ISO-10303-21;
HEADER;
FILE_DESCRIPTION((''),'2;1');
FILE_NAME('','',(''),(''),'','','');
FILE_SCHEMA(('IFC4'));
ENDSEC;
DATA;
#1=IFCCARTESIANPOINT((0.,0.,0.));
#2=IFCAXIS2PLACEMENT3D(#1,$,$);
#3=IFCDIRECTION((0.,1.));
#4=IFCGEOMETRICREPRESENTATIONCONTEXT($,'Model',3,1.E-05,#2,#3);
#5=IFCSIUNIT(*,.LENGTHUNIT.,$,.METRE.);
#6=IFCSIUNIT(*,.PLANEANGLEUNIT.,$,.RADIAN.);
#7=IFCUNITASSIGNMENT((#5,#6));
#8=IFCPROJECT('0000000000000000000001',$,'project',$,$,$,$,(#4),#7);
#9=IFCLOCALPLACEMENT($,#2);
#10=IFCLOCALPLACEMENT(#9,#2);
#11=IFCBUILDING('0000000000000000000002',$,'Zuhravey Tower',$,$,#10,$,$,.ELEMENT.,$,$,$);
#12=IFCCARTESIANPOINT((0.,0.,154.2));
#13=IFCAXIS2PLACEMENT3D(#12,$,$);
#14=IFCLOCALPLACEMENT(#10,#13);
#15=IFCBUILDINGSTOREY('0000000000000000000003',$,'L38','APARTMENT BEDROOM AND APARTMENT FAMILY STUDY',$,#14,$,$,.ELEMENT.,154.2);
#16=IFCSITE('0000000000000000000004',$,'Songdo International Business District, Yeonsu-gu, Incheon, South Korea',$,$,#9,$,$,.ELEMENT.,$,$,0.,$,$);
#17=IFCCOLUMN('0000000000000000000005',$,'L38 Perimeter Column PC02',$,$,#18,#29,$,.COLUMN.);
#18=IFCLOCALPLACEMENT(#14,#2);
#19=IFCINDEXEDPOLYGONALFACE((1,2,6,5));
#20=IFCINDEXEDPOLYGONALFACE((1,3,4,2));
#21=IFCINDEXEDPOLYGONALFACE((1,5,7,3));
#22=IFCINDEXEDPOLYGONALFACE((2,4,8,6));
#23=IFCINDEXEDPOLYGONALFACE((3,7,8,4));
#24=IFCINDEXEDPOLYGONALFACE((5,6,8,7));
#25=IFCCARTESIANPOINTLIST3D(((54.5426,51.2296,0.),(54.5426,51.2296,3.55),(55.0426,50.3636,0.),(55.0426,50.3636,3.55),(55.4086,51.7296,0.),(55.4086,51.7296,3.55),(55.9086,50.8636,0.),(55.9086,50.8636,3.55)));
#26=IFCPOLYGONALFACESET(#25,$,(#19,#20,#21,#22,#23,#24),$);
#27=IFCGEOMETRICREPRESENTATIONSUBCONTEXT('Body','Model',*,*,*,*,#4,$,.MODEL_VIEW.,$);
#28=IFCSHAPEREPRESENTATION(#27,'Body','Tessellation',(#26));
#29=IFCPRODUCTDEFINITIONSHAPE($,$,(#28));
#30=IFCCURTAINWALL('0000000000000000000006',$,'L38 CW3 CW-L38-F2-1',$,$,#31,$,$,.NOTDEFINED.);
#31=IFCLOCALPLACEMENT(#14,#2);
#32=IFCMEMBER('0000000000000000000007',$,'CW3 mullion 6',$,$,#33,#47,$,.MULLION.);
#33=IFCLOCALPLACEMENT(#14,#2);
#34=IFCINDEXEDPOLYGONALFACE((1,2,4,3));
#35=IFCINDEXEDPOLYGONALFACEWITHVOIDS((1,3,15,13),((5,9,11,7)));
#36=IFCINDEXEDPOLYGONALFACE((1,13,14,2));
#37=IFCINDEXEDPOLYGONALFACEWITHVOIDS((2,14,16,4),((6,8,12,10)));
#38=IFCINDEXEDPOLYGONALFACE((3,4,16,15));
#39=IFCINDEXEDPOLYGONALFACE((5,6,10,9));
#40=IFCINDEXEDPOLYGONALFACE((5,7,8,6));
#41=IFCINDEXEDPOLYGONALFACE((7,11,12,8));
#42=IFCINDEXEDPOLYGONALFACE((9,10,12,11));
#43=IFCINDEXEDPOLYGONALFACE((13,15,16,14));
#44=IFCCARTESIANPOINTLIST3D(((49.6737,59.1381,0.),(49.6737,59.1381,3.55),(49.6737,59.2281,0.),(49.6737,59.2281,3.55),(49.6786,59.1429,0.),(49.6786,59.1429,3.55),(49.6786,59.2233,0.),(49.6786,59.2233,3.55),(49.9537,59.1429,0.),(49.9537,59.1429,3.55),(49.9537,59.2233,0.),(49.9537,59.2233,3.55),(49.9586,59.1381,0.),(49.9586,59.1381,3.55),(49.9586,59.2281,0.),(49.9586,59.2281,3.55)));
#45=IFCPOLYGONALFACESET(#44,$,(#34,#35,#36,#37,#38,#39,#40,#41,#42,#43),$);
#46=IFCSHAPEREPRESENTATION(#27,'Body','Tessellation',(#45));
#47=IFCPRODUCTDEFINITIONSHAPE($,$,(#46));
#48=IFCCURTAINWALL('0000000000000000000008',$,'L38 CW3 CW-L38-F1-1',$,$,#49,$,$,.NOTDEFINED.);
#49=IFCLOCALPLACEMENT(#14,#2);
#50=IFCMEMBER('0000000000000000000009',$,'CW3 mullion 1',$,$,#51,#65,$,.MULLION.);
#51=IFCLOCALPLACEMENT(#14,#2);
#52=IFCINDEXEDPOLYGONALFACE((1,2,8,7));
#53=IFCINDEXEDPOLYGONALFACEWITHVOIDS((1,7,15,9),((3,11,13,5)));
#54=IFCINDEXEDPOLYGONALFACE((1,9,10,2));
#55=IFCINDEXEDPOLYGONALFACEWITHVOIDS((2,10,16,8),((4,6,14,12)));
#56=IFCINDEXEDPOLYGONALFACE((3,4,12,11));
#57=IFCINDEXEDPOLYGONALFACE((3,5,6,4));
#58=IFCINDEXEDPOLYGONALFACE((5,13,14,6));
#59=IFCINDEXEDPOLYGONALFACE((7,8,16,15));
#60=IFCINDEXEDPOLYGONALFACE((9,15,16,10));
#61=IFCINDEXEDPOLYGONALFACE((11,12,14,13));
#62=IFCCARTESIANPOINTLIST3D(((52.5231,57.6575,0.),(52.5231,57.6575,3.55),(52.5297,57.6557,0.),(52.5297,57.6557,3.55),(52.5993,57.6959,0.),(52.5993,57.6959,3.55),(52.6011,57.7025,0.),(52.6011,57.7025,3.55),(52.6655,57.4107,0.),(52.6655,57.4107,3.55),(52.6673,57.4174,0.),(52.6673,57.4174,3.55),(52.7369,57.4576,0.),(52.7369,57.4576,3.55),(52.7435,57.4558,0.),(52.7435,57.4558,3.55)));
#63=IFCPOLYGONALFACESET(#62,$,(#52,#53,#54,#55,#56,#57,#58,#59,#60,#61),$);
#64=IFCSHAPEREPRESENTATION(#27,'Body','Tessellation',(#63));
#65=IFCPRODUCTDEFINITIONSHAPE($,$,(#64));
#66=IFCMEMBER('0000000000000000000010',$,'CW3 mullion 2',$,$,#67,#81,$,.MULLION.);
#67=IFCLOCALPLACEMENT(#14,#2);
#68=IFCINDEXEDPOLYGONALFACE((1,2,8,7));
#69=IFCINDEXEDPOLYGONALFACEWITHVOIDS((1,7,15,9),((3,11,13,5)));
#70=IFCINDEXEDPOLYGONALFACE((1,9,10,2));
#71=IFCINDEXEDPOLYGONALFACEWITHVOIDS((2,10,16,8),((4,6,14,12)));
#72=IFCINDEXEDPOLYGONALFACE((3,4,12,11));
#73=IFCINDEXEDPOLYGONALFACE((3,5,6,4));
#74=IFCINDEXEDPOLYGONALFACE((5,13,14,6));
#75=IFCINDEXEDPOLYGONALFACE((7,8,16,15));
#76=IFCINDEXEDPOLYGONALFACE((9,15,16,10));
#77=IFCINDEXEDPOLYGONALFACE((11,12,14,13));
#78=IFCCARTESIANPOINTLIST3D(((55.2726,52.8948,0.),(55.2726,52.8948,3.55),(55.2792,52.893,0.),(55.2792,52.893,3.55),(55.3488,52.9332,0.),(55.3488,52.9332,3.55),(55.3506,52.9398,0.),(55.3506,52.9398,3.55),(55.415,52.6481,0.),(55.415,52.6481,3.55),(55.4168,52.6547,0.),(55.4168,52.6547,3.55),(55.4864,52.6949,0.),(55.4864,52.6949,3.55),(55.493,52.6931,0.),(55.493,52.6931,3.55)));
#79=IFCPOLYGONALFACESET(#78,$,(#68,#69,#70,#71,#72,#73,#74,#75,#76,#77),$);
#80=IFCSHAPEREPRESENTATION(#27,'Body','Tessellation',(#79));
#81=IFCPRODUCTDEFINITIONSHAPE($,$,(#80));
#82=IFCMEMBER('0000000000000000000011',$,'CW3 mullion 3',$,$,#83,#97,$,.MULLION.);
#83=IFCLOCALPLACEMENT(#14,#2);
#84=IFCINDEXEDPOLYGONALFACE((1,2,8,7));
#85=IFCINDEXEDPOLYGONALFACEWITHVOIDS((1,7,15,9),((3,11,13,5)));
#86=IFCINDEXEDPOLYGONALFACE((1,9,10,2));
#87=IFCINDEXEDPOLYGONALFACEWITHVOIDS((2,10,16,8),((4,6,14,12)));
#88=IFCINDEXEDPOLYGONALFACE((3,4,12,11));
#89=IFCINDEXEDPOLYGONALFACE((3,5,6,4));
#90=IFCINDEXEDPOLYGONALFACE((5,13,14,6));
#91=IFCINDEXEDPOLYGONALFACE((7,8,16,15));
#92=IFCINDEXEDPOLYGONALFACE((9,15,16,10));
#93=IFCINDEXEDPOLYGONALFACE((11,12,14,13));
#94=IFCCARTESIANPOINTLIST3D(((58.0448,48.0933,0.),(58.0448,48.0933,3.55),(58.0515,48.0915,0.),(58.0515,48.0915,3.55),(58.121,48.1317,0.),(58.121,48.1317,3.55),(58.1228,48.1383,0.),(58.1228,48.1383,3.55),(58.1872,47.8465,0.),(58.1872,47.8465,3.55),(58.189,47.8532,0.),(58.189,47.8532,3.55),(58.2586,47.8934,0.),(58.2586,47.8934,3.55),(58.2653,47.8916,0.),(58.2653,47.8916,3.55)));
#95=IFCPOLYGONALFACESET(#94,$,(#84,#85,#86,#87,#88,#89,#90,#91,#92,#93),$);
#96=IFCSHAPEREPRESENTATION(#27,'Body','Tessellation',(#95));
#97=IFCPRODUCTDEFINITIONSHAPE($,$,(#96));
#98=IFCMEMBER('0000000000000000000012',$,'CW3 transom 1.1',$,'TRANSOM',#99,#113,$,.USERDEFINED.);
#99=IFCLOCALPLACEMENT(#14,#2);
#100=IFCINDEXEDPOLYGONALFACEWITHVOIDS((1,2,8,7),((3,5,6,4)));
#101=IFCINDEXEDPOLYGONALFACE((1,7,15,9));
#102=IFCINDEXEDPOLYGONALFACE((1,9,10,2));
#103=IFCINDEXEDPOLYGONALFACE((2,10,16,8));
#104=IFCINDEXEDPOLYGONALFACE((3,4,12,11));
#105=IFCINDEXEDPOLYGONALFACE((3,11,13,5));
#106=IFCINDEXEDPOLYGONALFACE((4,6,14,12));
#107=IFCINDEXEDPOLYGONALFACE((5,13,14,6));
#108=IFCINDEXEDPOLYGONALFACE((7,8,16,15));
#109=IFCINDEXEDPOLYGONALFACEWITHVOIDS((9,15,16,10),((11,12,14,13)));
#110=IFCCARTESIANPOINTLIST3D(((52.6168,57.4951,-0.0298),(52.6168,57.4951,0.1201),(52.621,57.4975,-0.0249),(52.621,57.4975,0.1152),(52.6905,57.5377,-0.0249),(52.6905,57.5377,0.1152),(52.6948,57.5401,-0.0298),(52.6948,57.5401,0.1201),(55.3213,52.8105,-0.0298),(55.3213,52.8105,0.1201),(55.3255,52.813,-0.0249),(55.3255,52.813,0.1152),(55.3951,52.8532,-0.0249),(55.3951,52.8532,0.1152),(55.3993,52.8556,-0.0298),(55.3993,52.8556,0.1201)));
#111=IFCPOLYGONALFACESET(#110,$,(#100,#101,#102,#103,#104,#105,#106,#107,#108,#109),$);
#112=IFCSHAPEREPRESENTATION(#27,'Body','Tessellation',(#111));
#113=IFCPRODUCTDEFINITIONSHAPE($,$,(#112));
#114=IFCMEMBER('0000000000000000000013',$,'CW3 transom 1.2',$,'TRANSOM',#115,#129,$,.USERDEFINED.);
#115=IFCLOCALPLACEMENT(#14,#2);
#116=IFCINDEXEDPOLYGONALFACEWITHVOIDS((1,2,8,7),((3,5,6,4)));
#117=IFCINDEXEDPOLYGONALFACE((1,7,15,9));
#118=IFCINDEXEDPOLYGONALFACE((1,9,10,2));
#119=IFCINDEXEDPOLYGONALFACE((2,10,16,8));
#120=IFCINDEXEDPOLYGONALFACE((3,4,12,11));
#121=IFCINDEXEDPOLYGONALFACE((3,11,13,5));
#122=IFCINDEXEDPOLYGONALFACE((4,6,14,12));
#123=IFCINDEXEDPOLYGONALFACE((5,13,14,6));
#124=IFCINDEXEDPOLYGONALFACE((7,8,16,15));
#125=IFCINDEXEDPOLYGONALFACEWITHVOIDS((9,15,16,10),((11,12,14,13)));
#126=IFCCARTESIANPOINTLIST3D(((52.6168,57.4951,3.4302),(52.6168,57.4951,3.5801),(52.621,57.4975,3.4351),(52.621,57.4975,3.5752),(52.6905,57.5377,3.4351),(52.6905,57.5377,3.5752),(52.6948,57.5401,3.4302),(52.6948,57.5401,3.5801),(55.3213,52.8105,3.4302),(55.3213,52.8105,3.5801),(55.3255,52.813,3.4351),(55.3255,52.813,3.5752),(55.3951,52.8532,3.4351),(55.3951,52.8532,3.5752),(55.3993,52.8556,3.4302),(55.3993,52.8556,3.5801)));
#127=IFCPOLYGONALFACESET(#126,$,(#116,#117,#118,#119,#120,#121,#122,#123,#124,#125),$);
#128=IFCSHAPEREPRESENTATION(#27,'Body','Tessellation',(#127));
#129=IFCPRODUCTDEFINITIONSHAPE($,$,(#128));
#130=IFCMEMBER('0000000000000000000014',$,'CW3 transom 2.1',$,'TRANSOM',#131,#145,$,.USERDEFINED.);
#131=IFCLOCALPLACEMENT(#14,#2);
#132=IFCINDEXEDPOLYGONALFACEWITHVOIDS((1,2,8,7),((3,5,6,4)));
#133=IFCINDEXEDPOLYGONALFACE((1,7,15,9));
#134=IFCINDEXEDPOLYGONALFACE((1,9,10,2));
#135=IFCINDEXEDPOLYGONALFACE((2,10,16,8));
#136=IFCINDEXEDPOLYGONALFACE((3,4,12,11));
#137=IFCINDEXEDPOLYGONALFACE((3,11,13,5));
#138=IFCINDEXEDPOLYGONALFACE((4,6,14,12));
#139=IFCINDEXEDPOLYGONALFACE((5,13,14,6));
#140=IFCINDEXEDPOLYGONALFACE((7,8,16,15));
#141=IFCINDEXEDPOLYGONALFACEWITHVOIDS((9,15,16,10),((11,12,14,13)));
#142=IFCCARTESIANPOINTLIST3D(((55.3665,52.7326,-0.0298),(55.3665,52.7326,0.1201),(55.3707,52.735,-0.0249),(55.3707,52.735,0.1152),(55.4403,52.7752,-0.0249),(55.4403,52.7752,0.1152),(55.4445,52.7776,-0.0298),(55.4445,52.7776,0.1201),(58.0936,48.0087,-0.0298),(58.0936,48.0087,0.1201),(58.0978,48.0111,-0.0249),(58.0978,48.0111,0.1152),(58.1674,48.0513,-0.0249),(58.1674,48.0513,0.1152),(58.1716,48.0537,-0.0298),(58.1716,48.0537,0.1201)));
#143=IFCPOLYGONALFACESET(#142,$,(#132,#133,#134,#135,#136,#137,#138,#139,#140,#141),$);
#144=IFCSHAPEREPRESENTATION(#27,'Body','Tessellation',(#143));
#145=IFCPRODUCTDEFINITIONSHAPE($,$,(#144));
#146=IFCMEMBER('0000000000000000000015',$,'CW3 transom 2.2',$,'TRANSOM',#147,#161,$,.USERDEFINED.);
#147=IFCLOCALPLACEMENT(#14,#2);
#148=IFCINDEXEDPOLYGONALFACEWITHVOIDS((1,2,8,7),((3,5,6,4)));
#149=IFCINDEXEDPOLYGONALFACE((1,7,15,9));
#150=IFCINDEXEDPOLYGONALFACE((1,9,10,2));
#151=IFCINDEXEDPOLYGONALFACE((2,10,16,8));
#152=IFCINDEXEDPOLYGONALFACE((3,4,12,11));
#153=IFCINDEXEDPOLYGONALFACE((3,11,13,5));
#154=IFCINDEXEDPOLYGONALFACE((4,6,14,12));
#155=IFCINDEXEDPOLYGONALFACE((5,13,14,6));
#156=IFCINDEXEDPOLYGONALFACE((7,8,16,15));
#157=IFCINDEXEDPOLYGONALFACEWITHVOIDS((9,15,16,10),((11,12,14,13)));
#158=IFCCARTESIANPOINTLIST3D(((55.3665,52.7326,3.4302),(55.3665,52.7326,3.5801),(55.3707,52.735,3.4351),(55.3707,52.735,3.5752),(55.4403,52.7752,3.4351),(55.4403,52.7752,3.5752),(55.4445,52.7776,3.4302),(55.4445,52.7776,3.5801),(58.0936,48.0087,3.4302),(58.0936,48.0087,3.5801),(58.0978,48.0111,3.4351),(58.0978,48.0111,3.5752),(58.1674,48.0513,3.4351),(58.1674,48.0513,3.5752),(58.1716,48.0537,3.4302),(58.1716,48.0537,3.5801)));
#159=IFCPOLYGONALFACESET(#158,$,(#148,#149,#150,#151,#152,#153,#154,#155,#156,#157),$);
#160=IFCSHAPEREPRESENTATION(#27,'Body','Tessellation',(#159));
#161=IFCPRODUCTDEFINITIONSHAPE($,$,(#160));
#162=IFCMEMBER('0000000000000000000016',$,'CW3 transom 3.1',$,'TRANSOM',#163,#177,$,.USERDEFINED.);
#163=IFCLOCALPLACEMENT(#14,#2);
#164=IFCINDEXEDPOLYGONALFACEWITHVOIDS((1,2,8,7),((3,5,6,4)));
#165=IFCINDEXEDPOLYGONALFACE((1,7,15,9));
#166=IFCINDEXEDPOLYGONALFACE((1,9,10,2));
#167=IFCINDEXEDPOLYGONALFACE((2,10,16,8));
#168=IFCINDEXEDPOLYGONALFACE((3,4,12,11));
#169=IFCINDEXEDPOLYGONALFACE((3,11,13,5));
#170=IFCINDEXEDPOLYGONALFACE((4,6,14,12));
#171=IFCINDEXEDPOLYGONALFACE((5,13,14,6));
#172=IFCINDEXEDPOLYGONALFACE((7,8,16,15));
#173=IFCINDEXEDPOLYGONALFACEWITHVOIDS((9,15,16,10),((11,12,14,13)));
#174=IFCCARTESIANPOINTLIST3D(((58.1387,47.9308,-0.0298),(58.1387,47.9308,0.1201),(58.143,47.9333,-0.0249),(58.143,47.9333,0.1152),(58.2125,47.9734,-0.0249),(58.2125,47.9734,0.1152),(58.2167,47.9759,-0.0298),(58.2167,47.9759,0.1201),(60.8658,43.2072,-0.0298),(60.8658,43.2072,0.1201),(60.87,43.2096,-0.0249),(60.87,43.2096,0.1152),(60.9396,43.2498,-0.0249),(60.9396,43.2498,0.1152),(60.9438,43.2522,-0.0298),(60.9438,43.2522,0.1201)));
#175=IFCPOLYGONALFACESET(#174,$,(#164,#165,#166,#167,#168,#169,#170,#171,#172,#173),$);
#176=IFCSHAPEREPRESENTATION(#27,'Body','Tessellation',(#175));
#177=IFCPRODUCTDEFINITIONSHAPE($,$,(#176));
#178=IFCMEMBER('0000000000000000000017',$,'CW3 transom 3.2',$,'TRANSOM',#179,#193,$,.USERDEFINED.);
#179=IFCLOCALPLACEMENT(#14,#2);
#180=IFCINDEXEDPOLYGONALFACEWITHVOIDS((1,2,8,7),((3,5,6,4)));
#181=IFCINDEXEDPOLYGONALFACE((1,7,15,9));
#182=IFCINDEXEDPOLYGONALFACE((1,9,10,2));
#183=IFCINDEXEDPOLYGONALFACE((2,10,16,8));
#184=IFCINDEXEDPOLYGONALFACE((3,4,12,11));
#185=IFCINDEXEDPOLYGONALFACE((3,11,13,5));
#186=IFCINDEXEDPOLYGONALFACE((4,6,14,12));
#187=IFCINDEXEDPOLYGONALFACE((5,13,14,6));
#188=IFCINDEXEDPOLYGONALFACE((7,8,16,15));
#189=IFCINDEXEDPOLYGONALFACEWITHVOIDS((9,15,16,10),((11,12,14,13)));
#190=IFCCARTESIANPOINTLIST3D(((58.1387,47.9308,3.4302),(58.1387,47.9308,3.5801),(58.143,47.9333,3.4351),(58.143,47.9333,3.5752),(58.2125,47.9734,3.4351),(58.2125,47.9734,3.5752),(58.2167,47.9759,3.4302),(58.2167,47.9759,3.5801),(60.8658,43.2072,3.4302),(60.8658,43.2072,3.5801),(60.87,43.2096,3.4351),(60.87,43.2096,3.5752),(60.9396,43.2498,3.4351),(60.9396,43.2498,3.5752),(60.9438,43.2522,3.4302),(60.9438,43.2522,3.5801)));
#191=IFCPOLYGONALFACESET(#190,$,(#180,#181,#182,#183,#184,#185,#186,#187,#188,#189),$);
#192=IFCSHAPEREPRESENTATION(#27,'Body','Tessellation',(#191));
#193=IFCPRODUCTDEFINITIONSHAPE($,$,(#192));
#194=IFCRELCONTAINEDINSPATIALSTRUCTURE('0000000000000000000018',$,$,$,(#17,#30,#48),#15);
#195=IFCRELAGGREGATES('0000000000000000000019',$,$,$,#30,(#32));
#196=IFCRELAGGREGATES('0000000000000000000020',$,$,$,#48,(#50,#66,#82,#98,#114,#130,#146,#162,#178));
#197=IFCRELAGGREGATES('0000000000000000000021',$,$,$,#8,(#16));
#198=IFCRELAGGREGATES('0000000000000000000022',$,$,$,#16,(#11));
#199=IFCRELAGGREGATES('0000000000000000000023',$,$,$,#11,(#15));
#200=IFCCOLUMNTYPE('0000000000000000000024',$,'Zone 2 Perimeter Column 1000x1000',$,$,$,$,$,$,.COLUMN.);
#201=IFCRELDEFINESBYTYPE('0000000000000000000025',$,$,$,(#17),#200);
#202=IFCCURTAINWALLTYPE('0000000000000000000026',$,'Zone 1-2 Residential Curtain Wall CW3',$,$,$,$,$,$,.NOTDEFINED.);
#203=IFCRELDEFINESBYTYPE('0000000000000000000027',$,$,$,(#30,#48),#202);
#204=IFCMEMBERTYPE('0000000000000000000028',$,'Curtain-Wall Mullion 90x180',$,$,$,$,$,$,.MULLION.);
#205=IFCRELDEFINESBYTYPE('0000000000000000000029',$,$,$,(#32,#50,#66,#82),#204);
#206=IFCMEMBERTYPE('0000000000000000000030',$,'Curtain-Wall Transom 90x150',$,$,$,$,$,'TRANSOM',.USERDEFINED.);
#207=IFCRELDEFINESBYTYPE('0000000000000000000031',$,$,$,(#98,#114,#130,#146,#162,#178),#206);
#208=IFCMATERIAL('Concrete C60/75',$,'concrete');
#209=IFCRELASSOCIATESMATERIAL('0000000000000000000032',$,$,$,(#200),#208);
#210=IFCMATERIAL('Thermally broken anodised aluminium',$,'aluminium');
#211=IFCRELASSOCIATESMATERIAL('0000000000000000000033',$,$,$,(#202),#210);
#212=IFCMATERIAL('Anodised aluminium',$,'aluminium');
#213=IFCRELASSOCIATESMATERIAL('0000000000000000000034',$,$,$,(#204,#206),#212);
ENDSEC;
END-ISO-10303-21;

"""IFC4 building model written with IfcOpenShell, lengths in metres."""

from ifc_helpers import new_model, si_unit, direction, frame, origin, origin_2d, place, context, subcontext, project, spatial, rectangle, hollow_rectangle, extrude, material, material_profile, profile_set, type_object, element, aggregate, save


model = new_model("IFC4")

# Units and contexts
model_context = context("Model", 3, precision=1e-05, world=origin(), true_north=direction((0.0, 1.0)))
body_context = subcontext(model_context, "Body", "Model", "MODEL_VIEW")
ifc_project = project(units=[si_unit("LENGTHUNIT", "METRE"), si_unit("PLANEANGLEUNIT", "RADIAN")], contexts=[model_context])

# Site, building, storey
site_placement = place(None, origin())
site = spatial("IfcSite", under=ifc_project, at=site_placement, Name="Songdo International Business District, Yeonsu-gu, Incheon, South Korea", CompositionType="ELEMENT", RefElevation=0.0)
building_placement = place(site_placement, origin())
building = spatial("IfcBuilding", under=site, at=building_placement, Name="Zuhravey Tower", CompositionType="ELEMENT")
storey_placement = place(building_placement, frame((0.0, 0.0, 154.2)))
storey = spatial("IfcBuildingStorey", under=building, at=storey_placement, Name="L38", Description="APARTMENT BEDROOM AND APARTMENT FAMILY STUDY", CompositionType="ELEMENT", Elevation=154.2)

# Column
ifc_material_1 = material(Name="Concrete C60/75", Category="concrete")
ifc_material_profile_1 = material_profile(ifc_material_1, rectangle(XDim=1.0, YDim=1.0, at=origin_2d()), Name="RC-1000x1000")
ifc_profile_set_1 = profile_set([ifc_material_profile_1], Name="Concrete C60/75")
column_type = type_object("IfcColumnType", Name="Zone 2 Perimeter Column 1000x1000", PredefinedType="COLUMN", material=ifc_profile_set_1)
column_placement = place(storey_placement, frame((55.2256, 51.0466, 0.0), z_axis=(0.0, 0.0, 1.0), x_axis=(-0.5, 0.866025, 0.0)))
element("IfcColumn", 1, at=column_placement, inside=storey, type_object=column_type, Name="L38 Perimeter Column PC02", PredefinedType="COLUMN", context=body_context, shape_type="SweptSolid", body=[
    extrude(rectangle(XDim=1.0, YDim=1.0, at=origin_2d()), origin(), (0.0, 0.0, 1.0), 3.55),
])

# Curtain wall, member
ifc_material_2 = material(Name="Thermally broken anodised aluminium", Category="aluminium")
curtain_wall_type = type_object("IfcCurtainWallType", Name="Zone 1-2 Residential Curtain Wall CW3", PredefinedType="NOTDEFINED", material=ifc_material_2)
curtain_wall_1_placement = place(storey_placement, origin())
curtain_wall_1 = element("IfcCurtainWall", 2, at=curtain_wall_1_placement, inside=storey, type_object=curtain_wall_type, Name="L38 CW3 CW-L38-F2-1", PredefinedType="NOTDEFINED")
ifc_material_3 = material(Name="Anodised aluminium", Category="aluminium")
ifc_material_profile_2 = material_profile(ifc_material_3, hollow_rectangle(XDim=0.0901, YDim=0.2849, WallThickness=0.0049, at=origin_2d()), Name="ALU-RHS-90x285x5")
ifc_profile_set_2 = profile_set([ifc_material_profile_2], Name="Anodised aluminium")
member_type_1 = type_object("IfcMemberType", Name="Curtain-Wall Mullion 90x180", PredefinedType="MULLION", material=ifc_profile_set_2)
member_1_placement = place(storey_placement, frame((49.8162, 59.1831, 0.0), z_axis=(0.0, 0.0, 1.0), x_axis=(0.0, 1.0, 0.0)))
member_1 = element("IfcMember", 3, at=member_1_placement, type_object=member_type_1, Name="CW3 mullion 6", PredefinedType="MULLION", context=body_context, shape_type="SweptSolid", body=[
    extrude(hollow_rectangle(XDim=0.0901, YDim=0.2849, WallThickness=0.0049, at=origin_2d()), origin(), (0.0, 0.0, 1.0), 3.55),
])
aggregate(curtain_wall_1, [member_1])

# Curtain wall, members
curtain_wall_2_placement = place(storey_placement, origin())
curtain_wall_2 = element("IfcCurtainWall", 4, at=curtain_wall_2_placement, inside=storey, type_object=curtain_wall_type, Name="L38 CW3 CW-L38-F1-1", PredefinedType="NOTDEFINED")
member_2_placement = place(storey_placement, frame((52.6333, 57.5566, 0.0), z_axis=(0.0, 0.0, 1.0), x_axis=(0.866025, 0.5, 0.0)))
member_2 = element("IfcMember", 5, at=member_2_placement, type_object=member_type_1, Name="CW3 mullion 1", PredefinedType="MULLION", context=body_context, shape_type="SweptSolid", body=[
    extrude(hollow_rectangle(XDim=0.0901, YDim=0.2849, WallThickness=0.0049, at=origin_2d()), origin(), (0.0, 0.0, 1.0), 3.55),
])
member_3_placement = place(storey_placement, frame((55.3828, 52.7939, 0.0), z_axis=(0.0, 0.0, 1.0), x_axis=(0.866025, 0.5, 0.0)))
member_3 = element("IfcMember", 6, at=member_3_placement, type_object=member_type_1, Name="CW3 mullion 2", PredefinedType="MULLION", context=body_context, shape_type="SweptSolid", body=[
    extrude(hollow_rectangle(XDim=0.0901, YDim=0.2849, WallThickness=0.0049, at=origin_2d()), origin(), (0.0, 0.0, 1.0), 3.55),
])
member_4_placement = place(storey_placement, frame((58.155, 47.9924, 0.0), z_axis=(0.0, 0.0, 1.0), x_axis=(0.866025, 0.5, 0.0)))
member_4 = element("IfcMember", 7, at=member_4_placement, type_object=member_type_1, Name="CW3 mullion 3", PredefinedType="MULLION", context=body_context, shape_type="SweptSolid", body=[
    extrude(hollow_rectangle(XDim=0.0901, YDim=0.2849, WallThickness=0.0049, at=origin_2d()), origin(), (0.0, 0.0, 1.0), 3.55),
])
ifc_material_profile_3 = material_profile(ifc_material_3, hollow_rectangle(XDim=0.0901, YDim=0.1499, WallThickness=0.0049, at=origin_2d()), Name="ALU-RHS-90x150x5")
ifc_profile_set_3 = profile_set([ifc_material_profile_3], Name="Anodised aluminium")
member_type_2 = type_object("IfcMemberType", Name="Curtain-Wall Transom 90x150", ElementType="TRANSOM", PredefinedType="USERDEFINED", material=ifc_profile_set_3)
member_5_placement = place(storey_placement, frame((52.6558, 57.5176, 0.0452), z_axis=(0.499993, -0.866029, 0.0), x_axis=(0.866029, 0.499993, 0.0)))
member_5 = element("IfcMember", 8, at=member_5_placement, type_object=member_type_2, Name="CW3 transom 1.1", ObjectType="TRANSOM", PredefinedType="USERDEFINED", context=body_context, shape_type="SweptSolid", body=[
    extrude(hollow_rectangle(XDim=0.0901, YDim=0.1499, WallThickness=0.0049, at=origin_2d()), origin(), (0.0, 0.0, 1.0), 5.4092),
])
member_6_placement = place(storey_placement, frame((52.6558, 57.5176, 3.5051), z_axis=(0.499993, -0.866029, 0.0), x_axis=(0.866029, 0.499993, 0.0)))
member_6 = element("IfcMember", 9, at=member_6_placement, type_object=member_type_2, Name="CW3 transom 1.2", ObjectType="TRANSOM", PredefinedType="USERDEFINED", context=body_context, shape_type="SweptSolid", body=[
    extrude(hollow_rectangle(XDim=0.0901, YDim=0.1499, WallThickness=0.0049, at=origin_2d()), origin(), (0.0, 0.0, 1.0), 5.4092),
])
member_7_placement = place(storey_placement, frame((55.4055, 52.7551, 0.0452), z_axis=(0.499961, -0.866048, 0.0), x_axis=(0.866048, 0.499961, 0.0)))
member_7 = element("IfcMember", 10, at=member_7_placement, type_object=member_type_2, Name="CW3 transom 2.1", ObjectType="TRANSOM", PredefinedType="USERDEFINED", context=body_context, shape_type="SweptSolid", body=[
    extrude(hollow_rectangle(XDim=0.0901, YDim=0.1499, WallThickness=0.0049, at=origin_2d()), origin(), (0.0, 0.0, 1.0), 5.4546),
])
member_8_placement = place(storey_placement, frame((55.4055, 52.7551, 3.5051), z_axis=(0.499961, -0.866048, 0.0), x_axis=(0.866048, 0.499961, 0.0)))
member_8 = element("IfcMember", 11, at=member_8_placement, type_object=member_type_2, Name="CW3 transom 2.2", ObjectType="TRANSOM", PredefinedType="USERDEFINED", context=body_context, shape_type="SweptSolid", body=[
    extrude(hollow_rectangle(XDim=0.0901, YDim=0.1499, WallThickness=0.0049, at=origin_2d()), origin(), (0.0, 0.0, 1.0), 5.4546),
])
member_9_placement = place(storey_placement, frame((58.1777, 47.9534, 0.0452), z_axis=(0.499981, -0.866037, 0.0), x_axis=(0.866037, 0.499981, 0.0)))
member_9 = element("IfcMember", 12, at=member_9_placement, type_object=member_type_2, Name="CW3 transom 3.1", ObjectType="TRANSOM", PredefinedType="USERDEFINED", context=body_context, shape_type="SweptSolid", body=[
    extrude(hollow_rectangle(XDim=0.0901, YDim=0.1499, WallThickness=0.0049, at=origin_2d()), origin(), (0.0, 0.0, 1.0), 5.4543),
])
member_10_placement = place(storey_placement, frame((58.1777, 47.9534, 3.5051), z_axis=(0.499981, -0.866037, 0.0), x_axis=(0.866037, 0.499981, 0.0)))
member_10 = element("IfcMember", 13, at=member_10_placement, type_object=member_type_2, Name="CW3 transom 3.2", ObjectType="TRANSOM", PredefinedType="USERDEFINED", context=body_context, shape_type="SweptSolid", body=[
    extrude(hollow_rectangle(XDim=0.0901, YDim=0.1499, WallThickness=0.0049, at=origin_2d()), origin(), (0.0, 0.0, 1.0), 5.4543),
])

aggregate(curtain_wall_2, [member_2, member_3, member_4, member_5, member_6, member_7, member_8, member_9, member_10])

save(model, "model.ifc")
